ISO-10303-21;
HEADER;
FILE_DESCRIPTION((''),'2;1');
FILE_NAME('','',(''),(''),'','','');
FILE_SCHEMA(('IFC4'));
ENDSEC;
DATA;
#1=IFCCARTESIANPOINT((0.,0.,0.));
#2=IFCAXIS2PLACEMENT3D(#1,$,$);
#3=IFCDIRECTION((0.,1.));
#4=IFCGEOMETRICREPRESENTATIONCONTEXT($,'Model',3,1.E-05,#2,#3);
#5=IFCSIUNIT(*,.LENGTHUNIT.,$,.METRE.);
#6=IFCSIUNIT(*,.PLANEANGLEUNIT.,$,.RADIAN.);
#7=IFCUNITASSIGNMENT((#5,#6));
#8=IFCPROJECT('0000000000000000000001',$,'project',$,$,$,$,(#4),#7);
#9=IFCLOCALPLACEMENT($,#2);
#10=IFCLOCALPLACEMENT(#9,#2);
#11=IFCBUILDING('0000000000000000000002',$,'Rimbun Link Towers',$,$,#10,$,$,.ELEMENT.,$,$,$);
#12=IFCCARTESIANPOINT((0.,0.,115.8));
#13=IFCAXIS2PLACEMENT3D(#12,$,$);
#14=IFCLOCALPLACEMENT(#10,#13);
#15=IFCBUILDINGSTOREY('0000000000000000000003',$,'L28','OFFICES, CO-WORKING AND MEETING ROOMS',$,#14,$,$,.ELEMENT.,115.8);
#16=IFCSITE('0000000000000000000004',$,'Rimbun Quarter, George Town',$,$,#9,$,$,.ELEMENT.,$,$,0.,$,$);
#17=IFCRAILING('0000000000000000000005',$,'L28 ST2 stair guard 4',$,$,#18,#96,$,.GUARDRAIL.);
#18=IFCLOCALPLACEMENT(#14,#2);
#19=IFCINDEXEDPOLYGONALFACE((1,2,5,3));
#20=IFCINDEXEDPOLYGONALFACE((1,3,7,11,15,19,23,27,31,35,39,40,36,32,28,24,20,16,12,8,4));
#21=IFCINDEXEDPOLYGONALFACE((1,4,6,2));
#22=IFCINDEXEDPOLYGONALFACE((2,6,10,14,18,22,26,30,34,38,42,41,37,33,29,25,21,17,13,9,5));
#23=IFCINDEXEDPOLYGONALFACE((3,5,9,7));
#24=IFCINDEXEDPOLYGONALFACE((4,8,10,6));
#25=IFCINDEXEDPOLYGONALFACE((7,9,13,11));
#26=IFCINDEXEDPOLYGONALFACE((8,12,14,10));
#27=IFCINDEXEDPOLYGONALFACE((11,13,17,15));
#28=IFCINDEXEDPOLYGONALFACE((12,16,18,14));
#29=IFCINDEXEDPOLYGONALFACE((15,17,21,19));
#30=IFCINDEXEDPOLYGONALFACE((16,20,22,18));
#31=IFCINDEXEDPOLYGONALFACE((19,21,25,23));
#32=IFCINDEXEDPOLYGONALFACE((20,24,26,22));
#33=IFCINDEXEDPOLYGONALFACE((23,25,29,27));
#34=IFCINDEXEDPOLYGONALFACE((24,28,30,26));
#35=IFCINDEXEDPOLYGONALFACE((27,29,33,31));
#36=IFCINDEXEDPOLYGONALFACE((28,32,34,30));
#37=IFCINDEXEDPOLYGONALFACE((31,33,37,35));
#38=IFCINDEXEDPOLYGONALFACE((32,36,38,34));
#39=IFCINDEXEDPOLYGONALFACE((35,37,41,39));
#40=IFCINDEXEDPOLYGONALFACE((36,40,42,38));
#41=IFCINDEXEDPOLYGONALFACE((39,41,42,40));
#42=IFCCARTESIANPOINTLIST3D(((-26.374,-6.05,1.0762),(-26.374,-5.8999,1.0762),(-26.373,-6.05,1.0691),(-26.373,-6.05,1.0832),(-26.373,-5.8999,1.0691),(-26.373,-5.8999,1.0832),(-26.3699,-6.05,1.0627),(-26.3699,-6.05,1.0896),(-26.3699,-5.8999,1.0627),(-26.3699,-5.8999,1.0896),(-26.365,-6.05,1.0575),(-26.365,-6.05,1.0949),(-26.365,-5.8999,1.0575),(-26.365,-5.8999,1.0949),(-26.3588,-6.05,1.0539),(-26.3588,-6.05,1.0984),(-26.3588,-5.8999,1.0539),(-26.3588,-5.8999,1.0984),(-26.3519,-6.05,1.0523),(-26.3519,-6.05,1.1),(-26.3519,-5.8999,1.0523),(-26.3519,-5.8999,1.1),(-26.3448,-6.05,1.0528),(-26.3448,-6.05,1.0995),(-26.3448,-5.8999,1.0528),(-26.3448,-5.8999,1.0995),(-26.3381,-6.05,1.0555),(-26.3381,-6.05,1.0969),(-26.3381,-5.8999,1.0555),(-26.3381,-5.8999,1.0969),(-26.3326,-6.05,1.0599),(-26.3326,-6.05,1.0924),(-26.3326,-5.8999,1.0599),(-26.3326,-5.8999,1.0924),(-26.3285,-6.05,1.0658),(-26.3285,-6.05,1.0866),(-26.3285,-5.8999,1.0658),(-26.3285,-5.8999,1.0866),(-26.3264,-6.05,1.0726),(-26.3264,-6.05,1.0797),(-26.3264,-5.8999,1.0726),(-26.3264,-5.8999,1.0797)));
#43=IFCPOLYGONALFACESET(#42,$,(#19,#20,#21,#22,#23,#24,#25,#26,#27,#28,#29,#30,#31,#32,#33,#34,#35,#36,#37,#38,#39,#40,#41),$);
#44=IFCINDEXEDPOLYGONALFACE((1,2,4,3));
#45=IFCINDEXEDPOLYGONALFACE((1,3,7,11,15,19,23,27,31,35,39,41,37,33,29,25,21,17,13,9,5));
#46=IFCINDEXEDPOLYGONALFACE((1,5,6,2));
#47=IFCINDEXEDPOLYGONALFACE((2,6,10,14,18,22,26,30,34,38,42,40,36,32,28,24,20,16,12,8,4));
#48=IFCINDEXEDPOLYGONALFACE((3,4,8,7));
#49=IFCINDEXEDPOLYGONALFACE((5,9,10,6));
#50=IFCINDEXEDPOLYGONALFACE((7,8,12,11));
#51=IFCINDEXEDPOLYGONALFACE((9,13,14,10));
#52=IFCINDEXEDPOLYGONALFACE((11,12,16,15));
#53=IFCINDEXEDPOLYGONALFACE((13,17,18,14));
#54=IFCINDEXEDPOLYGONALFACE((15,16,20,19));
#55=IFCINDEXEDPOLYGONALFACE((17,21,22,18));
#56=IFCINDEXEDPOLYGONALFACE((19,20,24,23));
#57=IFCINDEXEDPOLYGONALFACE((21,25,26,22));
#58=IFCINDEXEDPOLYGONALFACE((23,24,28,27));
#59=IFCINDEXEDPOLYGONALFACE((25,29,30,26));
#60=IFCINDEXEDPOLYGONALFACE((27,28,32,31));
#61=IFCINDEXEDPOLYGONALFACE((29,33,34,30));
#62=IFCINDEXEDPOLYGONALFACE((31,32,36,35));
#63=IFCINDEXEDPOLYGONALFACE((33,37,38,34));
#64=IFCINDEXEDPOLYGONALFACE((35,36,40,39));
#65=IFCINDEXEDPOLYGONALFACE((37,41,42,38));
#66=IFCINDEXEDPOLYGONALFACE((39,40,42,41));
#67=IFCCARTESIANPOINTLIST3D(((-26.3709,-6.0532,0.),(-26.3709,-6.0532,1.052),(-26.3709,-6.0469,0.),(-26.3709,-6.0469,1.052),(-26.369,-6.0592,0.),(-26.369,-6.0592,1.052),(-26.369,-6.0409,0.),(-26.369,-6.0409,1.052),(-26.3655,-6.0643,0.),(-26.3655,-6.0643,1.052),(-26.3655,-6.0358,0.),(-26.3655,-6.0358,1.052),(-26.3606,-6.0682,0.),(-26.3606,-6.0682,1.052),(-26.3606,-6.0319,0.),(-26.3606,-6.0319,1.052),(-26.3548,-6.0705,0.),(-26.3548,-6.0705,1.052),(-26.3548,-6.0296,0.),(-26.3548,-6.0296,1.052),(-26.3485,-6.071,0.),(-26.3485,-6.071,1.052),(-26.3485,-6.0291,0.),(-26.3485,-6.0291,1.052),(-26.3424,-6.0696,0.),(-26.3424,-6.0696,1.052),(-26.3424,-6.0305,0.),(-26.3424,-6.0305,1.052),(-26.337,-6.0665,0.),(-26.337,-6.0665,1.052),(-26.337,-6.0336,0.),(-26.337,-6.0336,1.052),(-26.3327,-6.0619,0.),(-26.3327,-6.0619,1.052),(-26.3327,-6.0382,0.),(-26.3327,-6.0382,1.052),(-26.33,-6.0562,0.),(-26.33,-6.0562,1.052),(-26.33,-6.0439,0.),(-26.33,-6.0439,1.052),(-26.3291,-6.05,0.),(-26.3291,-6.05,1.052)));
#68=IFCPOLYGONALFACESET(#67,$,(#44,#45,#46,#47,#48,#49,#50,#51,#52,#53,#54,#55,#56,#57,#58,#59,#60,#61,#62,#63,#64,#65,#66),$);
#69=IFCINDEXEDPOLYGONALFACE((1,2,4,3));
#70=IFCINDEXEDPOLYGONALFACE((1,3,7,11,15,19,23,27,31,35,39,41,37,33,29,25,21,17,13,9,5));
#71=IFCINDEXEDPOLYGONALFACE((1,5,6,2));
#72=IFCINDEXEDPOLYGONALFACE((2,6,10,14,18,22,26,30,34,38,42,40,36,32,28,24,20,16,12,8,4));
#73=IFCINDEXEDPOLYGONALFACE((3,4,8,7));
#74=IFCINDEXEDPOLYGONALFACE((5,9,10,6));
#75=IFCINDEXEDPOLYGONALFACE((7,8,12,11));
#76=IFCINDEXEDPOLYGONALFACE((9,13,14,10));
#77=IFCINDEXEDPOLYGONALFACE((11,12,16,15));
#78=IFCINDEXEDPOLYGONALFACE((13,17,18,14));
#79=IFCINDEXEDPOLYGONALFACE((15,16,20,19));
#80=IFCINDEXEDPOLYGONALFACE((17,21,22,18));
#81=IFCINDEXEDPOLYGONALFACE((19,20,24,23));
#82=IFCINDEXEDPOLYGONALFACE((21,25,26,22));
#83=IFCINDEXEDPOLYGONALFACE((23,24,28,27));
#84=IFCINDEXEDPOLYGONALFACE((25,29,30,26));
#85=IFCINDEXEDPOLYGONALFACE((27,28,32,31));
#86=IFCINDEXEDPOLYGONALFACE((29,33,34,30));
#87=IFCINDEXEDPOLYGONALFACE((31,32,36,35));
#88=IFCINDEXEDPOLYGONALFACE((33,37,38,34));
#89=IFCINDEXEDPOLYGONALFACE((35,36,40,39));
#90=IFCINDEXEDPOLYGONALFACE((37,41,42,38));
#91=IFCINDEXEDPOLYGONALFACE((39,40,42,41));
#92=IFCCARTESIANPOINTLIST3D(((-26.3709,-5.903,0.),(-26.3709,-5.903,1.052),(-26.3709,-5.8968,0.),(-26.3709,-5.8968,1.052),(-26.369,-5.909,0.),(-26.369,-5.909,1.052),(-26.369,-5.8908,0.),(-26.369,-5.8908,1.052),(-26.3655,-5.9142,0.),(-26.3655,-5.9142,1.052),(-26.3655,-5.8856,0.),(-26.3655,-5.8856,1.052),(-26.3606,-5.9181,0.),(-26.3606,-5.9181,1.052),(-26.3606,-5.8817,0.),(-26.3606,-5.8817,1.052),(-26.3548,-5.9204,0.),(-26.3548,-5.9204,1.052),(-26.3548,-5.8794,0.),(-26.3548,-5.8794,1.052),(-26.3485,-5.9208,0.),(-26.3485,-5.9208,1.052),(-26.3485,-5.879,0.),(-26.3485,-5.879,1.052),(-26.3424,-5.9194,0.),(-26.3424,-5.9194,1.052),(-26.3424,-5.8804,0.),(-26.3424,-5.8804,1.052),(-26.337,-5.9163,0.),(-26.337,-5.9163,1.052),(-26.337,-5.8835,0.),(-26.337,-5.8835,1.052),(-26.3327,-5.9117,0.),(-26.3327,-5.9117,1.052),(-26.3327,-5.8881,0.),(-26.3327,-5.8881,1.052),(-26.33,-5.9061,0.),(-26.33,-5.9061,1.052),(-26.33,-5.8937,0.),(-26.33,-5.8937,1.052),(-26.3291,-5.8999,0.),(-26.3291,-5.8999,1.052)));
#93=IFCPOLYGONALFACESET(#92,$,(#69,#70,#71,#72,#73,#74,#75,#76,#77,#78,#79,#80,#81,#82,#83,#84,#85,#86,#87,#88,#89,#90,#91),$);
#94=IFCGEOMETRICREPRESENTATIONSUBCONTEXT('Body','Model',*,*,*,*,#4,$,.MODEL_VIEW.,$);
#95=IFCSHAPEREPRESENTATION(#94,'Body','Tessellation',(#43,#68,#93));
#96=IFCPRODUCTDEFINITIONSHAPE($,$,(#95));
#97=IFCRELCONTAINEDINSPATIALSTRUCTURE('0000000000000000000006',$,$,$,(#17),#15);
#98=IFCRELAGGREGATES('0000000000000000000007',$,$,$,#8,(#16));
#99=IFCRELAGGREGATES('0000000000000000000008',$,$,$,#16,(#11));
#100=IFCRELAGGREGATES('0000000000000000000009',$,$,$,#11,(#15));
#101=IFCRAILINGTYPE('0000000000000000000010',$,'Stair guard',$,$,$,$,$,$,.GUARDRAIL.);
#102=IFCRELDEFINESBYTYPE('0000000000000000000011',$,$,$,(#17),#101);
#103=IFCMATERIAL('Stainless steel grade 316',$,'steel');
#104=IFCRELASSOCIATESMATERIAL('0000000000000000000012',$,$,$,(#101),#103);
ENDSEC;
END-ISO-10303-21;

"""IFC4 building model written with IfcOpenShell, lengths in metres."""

from ifc_helpers import new_model, si_unit, direction, frame, origin, origin_2d, place, context, subcontext, project, spatial, circle, extrude, material, type_object, element, save


model = new_model("IFC4")

# Units and contexts
model_context = context("Model", 3, precision=1e-05, world=origin(), true_north=direction((0.0, 1.0)))
body_context = subcontext(model_context, "Body", "Model", "MODEL_VIEW")
ifc_project = project(units=[si_unit("LENGTHUNIT", "METRE"), si_unit("PLANEANGLEUNIT", "RADIAN")], contexts=[model_context])

# Site, building, storey
site_placement = place(None, origin())
site = spatial("IfcSite", under=ifc_project, at=site_placement, Name="Rimbun Quarter, George Town", CompositionType="ELEMENT", RefElevation=0.0)
building_placement = place(site_placement, origin())
building = spatial("IfcBuilding", under=site, at=building_placement, Name="Rimbun Link Towers", CompositionType="ELEMENT")
storey_placement = place(building_placement, frame((0.0, 0.0, 115.8)))
storey = spatial("IfcBuildingStorey", under=building, at=storey_placement, Name="L28", Description="OFFICES, CO-WORKING AND MEETING ROOMS", CompositionType="ELEMENT", Elevation=115.8)

# Railing
ifc_material_1 = material(Name="Stainless steel grade 316", Category="steel")
railing_type_1 = type_object("IfcRailingType", Name="Stair guard", PredefinedType="GUARDRAIL", material=ifc_material_1)
railing_1_placement = place(storey_placement, frame((-26.3501, -6.05, 0.0)))
element("IfcRailing", 1, at=railing_1_placement, inside=storey, type_object=railing_type_1, Name="L28 ST2 stair guard 4", PredefinedType="GUARDRAIL", context=body_context, shape_type="SweptSolid", body=[
    extrude(circle(Radius=0.0239, at=origin_2d()), frame((0.0, 0.0, 1.0762), z_axis=(0.0, 1.0, 0.0), x_axis=(-1.0, 0.0, 0.0)), (0.0, 0.0, 1.0), 0.1501),
    extrude(circle(Radius=0.021, at=origin_2d()), origin(), (0.0, 0.0, 1.0), 1.052),
    extrude(circle(Radius=0.021, at=origin_2d()), frame((0.0, 0.1501, 0.0)), (0.0, 0.0, 1.0), 1.052),
])

save(model, "model.ifc")
